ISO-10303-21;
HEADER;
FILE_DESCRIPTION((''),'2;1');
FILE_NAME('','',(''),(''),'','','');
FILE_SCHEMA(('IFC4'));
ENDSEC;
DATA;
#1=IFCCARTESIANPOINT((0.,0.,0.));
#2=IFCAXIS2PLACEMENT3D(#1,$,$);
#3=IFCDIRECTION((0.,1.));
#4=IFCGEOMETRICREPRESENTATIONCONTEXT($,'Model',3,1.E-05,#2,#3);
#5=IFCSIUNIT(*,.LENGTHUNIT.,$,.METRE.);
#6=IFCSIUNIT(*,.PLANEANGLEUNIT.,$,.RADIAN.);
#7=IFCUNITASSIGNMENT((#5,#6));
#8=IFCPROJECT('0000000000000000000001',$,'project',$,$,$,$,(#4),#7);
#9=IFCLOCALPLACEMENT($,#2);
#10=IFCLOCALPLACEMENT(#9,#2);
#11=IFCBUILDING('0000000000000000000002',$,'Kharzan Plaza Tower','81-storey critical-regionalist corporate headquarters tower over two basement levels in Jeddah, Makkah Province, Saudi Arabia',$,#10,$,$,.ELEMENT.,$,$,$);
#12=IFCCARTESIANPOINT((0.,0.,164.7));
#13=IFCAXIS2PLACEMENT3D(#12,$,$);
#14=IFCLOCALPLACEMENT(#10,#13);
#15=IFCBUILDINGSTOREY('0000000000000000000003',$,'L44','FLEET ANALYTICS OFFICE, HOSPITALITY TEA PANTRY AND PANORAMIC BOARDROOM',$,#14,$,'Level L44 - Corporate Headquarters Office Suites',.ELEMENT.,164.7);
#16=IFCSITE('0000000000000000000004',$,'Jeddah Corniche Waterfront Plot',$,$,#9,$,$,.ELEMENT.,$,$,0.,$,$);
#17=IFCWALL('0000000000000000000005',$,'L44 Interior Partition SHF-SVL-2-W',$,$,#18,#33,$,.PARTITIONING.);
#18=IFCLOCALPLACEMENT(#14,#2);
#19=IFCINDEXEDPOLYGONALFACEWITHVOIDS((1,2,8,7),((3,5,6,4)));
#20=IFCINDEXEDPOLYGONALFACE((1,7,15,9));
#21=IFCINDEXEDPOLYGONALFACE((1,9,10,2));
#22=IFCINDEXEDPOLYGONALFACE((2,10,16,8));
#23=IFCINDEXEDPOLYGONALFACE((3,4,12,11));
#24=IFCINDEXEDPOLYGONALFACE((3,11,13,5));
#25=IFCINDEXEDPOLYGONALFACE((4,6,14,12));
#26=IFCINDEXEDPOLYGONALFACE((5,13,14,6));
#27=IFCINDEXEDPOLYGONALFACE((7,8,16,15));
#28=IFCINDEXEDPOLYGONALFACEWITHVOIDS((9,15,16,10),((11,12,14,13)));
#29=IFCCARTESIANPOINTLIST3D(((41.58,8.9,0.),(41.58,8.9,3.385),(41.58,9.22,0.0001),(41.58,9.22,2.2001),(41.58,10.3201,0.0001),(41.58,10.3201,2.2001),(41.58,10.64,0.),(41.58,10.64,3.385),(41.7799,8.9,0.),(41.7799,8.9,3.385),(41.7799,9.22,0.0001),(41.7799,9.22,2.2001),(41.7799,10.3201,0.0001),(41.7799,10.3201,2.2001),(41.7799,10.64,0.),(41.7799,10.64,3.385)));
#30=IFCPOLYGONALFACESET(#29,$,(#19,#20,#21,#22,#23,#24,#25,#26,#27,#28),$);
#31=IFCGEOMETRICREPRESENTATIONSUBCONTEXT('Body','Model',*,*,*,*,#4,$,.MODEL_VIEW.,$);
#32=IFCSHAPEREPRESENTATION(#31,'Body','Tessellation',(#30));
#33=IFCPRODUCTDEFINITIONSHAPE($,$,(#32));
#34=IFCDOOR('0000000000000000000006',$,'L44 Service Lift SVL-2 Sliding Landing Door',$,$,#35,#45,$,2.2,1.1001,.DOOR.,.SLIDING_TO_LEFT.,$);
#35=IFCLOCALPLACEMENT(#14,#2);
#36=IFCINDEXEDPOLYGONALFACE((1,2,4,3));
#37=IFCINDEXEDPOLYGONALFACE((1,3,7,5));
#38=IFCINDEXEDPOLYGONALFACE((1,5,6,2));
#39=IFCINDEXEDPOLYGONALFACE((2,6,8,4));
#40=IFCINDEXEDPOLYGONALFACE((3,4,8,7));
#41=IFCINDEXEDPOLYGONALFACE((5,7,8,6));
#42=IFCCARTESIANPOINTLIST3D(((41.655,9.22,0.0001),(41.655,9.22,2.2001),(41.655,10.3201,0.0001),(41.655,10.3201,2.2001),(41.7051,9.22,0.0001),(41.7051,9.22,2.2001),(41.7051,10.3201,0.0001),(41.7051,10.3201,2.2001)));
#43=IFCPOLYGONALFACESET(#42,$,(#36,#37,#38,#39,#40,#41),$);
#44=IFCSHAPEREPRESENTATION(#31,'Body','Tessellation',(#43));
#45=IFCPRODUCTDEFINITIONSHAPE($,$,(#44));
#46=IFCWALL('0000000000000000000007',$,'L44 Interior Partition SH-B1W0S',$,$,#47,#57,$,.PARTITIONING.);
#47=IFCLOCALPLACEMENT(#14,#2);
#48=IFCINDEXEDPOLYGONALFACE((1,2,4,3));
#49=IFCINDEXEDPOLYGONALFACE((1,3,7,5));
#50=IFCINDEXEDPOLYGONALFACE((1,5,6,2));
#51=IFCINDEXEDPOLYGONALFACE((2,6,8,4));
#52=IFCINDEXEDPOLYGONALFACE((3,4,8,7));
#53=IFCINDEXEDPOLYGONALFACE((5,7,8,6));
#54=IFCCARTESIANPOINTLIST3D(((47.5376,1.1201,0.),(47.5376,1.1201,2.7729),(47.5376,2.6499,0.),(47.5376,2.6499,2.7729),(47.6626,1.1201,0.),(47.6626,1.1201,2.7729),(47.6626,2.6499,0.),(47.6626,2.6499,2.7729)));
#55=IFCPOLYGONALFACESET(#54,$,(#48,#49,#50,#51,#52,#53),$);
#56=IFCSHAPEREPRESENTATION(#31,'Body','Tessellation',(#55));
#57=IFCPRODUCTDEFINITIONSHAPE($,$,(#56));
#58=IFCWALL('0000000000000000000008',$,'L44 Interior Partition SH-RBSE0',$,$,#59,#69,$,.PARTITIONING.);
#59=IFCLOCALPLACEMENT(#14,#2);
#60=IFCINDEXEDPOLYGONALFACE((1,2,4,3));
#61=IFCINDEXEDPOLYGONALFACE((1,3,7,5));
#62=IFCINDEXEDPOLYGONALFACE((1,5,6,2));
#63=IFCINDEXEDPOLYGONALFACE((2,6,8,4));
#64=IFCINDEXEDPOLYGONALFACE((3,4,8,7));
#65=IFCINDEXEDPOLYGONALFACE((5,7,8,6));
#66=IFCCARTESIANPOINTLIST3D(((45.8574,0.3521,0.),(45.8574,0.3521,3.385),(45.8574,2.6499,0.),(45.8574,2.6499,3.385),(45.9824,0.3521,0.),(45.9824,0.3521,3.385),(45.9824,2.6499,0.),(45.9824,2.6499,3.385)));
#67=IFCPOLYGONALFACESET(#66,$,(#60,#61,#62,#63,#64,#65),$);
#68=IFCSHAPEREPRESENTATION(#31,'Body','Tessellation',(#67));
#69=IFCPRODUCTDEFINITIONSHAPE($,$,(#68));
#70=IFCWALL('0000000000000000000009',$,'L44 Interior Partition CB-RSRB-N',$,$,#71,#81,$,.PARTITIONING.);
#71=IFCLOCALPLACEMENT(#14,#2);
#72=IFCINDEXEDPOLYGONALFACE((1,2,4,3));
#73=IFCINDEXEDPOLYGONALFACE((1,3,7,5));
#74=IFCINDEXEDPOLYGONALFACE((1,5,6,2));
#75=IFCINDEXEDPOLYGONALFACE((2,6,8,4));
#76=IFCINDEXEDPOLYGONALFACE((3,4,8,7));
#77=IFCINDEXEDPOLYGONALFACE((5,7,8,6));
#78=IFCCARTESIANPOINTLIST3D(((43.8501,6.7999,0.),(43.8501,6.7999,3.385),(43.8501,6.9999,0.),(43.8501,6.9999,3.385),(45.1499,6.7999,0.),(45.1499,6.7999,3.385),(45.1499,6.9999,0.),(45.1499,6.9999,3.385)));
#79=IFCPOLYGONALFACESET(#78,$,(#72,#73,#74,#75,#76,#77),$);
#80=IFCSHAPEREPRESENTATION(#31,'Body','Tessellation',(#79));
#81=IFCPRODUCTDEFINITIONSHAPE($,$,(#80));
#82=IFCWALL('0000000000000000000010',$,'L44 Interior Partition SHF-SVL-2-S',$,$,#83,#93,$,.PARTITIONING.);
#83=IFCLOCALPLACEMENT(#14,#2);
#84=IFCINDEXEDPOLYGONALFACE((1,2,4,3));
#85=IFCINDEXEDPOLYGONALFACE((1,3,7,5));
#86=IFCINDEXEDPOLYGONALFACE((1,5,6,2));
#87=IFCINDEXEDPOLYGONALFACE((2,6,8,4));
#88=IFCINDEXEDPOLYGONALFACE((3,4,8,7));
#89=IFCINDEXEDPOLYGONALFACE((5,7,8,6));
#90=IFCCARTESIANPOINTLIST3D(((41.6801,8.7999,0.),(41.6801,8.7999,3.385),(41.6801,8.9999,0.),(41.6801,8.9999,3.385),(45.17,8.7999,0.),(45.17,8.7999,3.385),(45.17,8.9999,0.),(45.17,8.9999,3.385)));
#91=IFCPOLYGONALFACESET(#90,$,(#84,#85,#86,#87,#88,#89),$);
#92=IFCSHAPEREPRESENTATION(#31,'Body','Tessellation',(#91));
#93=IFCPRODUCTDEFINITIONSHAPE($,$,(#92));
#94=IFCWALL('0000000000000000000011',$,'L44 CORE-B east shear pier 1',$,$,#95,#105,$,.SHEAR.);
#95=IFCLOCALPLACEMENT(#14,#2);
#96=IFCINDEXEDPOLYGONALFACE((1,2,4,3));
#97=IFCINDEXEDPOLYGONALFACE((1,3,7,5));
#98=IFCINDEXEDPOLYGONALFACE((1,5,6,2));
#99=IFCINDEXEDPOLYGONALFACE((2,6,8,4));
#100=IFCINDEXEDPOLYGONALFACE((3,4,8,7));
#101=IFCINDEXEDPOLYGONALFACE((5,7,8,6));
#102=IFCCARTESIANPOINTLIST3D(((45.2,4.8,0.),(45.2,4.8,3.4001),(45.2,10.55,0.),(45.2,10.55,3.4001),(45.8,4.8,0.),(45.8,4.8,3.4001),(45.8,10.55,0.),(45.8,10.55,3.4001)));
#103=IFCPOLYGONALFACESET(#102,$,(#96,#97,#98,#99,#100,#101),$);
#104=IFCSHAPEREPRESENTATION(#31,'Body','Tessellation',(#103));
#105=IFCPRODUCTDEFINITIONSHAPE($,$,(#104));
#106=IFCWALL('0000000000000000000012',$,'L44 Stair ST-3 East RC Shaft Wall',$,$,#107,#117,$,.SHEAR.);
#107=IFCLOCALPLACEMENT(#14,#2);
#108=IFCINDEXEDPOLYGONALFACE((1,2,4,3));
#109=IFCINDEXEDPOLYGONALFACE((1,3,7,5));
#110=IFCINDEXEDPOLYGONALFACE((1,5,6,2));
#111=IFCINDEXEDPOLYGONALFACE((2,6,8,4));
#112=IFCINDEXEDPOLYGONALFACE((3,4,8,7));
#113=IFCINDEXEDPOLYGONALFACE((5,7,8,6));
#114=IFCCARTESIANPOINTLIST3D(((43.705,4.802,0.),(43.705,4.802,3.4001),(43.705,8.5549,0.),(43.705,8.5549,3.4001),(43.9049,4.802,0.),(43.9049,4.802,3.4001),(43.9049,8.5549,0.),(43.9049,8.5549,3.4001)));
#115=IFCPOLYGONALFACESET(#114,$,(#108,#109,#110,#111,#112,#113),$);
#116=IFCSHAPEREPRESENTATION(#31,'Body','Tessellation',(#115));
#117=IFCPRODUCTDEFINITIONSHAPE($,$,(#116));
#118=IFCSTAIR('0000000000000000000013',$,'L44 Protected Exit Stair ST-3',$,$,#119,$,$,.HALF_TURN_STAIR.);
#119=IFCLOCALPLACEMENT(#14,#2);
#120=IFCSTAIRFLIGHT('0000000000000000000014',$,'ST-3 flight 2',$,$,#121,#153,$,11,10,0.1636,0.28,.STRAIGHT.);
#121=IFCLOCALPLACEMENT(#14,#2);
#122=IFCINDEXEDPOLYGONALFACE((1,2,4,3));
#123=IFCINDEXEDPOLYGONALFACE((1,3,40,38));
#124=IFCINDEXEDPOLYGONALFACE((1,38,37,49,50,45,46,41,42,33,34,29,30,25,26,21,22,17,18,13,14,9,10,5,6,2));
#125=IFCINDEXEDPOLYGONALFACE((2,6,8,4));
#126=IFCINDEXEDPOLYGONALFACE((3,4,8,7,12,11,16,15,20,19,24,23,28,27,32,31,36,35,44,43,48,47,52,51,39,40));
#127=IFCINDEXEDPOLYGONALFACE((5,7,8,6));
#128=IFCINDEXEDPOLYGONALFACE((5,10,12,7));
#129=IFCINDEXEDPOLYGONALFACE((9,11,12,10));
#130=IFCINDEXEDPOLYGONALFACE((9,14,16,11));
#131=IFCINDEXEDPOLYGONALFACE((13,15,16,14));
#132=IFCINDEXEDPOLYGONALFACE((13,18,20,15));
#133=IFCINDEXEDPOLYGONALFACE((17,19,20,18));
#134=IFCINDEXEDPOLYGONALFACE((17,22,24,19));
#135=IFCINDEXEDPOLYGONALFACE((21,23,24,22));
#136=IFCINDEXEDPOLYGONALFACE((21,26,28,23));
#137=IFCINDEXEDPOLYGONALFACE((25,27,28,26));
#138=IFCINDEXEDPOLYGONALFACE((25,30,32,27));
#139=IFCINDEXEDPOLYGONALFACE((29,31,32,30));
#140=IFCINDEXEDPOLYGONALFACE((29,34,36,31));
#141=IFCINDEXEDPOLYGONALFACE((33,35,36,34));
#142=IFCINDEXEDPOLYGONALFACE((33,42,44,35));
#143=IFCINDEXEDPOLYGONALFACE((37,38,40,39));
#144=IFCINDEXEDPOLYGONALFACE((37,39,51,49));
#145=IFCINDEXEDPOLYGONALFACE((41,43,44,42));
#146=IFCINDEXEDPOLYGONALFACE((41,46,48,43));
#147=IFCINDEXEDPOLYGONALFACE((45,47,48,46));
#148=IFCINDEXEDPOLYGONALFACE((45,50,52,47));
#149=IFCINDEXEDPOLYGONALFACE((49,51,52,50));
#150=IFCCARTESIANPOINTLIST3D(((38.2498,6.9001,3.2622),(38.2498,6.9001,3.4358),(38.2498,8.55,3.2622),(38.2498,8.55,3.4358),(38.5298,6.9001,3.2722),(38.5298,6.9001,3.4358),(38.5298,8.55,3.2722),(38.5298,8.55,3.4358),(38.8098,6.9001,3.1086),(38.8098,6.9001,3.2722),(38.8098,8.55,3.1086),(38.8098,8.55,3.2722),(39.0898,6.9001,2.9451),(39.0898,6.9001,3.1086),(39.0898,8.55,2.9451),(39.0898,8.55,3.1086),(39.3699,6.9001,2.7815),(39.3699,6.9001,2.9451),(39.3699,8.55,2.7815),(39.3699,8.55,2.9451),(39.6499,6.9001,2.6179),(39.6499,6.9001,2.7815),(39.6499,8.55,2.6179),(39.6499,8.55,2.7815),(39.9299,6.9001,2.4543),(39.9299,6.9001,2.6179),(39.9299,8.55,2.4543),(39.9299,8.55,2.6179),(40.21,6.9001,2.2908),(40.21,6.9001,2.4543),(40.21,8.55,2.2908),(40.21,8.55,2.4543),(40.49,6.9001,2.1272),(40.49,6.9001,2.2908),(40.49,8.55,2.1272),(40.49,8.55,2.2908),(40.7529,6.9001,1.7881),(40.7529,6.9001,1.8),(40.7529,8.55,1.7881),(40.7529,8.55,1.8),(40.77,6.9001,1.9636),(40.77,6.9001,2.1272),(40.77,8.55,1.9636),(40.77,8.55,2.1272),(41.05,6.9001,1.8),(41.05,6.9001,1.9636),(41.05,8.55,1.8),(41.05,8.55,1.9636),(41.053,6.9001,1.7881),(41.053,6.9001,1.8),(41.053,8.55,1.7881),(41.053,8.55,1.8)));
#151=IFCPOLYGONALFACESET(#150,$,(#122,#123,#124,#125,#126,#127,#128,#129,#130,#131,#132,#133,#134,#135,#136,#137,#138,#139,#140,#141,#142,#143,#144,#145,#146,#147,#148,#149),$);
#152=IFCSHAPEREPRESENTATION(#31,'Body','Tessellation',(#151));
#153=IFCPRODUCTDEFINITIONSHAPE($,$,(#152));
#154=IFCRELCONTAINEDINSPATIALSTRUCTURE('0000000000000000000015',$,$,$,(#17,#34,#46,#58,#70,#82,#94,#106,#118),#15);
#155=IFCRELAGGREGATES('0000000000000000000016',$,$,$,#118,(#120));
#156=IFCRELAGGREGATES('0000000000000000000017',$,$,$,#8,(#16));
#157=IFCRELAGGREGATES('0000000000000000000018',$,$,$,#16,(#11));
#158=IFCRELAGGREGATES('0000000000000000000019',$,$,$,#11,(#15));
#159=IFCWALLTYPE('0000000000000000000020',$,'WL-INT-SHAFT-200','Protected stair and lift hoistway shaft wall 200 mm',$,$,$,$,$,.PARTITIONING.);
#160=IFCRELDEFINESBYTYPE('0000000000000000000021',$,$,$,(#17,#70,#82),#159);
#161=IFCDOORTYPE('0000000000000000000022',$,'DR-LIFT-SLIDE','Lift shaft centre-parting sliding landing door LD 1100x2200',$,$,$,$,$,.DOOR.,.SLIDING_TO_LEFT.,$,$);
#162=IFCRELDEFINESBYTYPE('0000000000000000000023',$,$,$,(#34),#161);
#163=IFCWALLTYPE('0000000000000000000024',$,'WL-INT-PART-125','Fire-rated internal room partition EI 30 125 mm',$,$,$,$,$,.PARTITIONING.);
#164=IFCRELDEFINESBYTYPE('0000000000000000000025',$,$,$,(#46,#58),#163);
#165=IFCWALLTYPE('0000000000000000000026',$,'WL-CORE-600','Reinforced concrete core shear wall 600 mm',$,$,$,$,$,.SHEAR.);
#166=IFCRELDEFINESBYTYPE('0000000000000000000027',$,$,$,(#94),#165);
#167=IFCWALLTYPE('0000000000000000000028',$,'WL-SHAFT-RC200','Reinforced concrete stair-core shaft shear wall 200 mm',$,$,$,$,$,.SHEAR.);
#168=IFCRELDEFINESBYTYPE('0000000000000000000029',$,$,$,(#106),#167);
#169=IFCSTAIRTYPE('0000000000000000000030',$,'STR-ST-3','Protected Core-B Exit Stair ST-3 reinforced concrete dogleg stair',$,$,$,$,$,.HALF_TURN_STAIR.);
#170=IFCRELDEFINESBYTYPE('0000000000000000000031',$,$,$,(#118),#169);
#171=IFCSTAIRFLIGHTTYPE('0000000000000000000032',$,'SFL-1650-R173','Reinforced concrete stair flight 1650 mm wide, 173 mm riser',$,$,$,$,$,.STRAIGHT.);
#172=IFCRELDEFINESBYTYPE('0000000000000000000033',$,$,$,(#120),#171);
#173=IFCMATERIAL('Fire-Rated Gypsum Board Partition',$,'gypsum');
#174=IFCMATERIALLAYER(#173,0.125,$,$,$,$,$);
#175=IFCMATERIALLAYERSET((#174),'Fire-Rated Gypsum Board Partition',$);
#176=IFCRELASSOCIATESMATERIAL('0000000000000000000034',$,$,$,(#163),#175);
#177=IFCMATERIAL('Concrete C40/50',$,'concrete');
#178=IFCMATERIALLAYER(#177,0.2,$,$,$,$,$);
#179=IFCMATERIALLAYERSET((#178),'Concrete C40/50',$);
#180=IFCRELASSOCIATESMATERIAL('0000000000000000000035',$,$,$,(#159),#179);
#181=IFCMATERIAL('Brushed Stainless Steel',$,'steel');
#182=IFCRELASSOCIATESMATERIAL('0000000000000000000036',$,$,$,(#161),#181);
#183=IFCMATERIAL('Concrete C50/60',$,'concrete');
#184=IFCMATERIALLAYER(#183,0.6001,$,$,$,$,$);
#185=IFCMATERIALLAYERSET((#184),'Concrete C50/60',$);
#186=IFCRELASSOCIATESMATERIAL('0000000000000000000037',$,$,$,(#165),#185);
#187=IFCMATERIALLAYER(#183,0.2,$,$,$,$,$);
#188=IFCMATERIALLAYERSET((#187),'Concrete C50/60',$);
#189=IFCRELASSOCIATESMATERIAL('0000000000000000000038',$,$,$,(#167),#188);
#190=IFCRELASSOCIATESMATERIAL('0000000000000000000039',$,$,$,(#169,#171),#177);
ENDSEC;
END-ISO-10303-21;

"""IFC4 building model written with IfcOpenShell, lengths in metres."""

from ifc_helpers import new_model, si_unit, direction, frame, frame_2d, origin, place, context, subcontext, project, spatial, polyline, rectangle, outline, extrude, source, transform, mapped, material, layer, layer_set, type_object, element, fill, aggregate, save


model = new_model("IFC4")

# Units and contexts
model_context = context("Model", 3, precision=1e-05, world=origin(), true_north=direction((0.0, 1.0)))
body_context = subcontext(model_context, "Body", "Model", "MODEL_VIEW")
ifc_project = project(units=[si_unit("LENGTHUNIT", "METRE"), si_unit("PLANEANGLEUNIT", "RADIAN")], contexts=[model_context])

# Site, building, storey
site_placement = place(None, origin())
site = spatial("IfcSite", under=ifc_project, at=site_placement, Name="Jeddah Corniche Waterfront Plot", CompositionType="ELEMENT", RefElevation=0.0)
building_placement = place(site_placement, origin())
building = spatial("IfcBuilding", under=site, at=building_placement, Name="Kharzan Plaza Tower", Description="81-storey critical-regionalist corporate headquarters tower over two basement levels in Jeddah, Makkah Province, Saudi Arabia", CompositionType="ELEMENT")
storey_placement = place(building_placement, frame((0.0, 0.0, 164.7)))
storey = spatial("IfcBuildingStorey", under=building, at=storey_placement, Name="L44", Description="FLEET ANALYTICS OFFICE, HOSPITALITY TEA PANTRY AND PANORAMIC BOARDROOM", LongName="Level L44 - Corporate Headquarters Office Suites", CompositionType="ELEMENT", Elevation=164.7)

# Shared definitions
ifc_material_1 = material(Name="Concrete C50/60", Category="concrete")

# Wall, opening, door
ifc_material_2 = material(Name="Fire-Rated Gypsum Board Partition", Category="gypsum")
ifc_layer_1 = layer(ifc_material_2, 0.125)
ifc_layer_set_1 = layer_set([ifc_layer_1], Name="Fire-Rated Gypsum Board Partition")
wall_type_1 = type_object("IfcWallType", Name="WL-INT-PART-125", Description="Fire-rated internal room partition EI 30 125 mm", PredefinedType="PARTITIONING", material=ifc_layer_set_1)
ifc_material_3 = material(Name="Concrete C40/50", Category="concrete")
ifc_layer_2 = layer(ifc_material_3, 0.2)
ifc_layer_set_2 = layer_set([ifc_layer_2], Name="Concrete C40/50")
wall_type_2 = type_object("IfcWallType", Name="WL-INT-SHAFT-200", Description="Protected stair and lift hoistway shaft wall 200 mm", PredefinedType="PARTITIONING", material=ifc_layer_set_2)
wall_1_placement = place(storey_placement, frame((41.6799, 8.8999, 0.0), z_axis=(0.0, 0.0, 1.0), x_axis=(0.0, 1.0, 0.0)))
wall_1 = element("IfcWall", 1, at=wall_1_placement, inside=storey, type_object=wall_type_2, Name="L44 Interior Partition SHF-SVL-2-W", PredefinedType="PARTITIONING", context=body_context, shape_type="SweptSolid", body=[
    extrude(rectangle(XDim=1.74, YDim=0.2, at=frame_2d((0.8701, 0.0))), origin(), (0.0, 0.0, 1.0), 3.385),
])
opening_1_placement = place(wall_1_placement, frame((0.3201, 0.0, 0.0)))
opening_1 = element("IfcOpeningElement", 2, at=opening_1_placement, cuts=wall_1, PredefinedType="OPENING", context=body_context, shape_type="SweptSolid", body=[
    extrude(rectangle(XDim=1.1001, YDim=2.2, at=frame_2d((0.55, 1.1001))), frame((0.0, 0.1099, 0.0), z_axis=(0.0, -1.0, 0.0), x_axis=(1.0, 0.0, 0.0)), (0.0, 0.0, 1.0), 0.22),
])
ifc_material_4 = material(Name="Brushed Stainless Steel", Category="steel")
door_type_1 = type_object("IfcDoorType", Name="DR-LIFT-SLIDE", Description="Lift shaft centre-parting sliding landing door LD 1100x2200", OperationType="SLIDING_TO_LEFT", PredefinedType="DOOR", material=ifc_material_4)
shared_shape_1 = source(origin(), body_context, "Body", "SweptSolid", [
    extrude(rectangle(XDim=1.1001, YDim=2.2, at=frame_2d((0.55, 1.1001))), frame((0.0, 0.0249, 0.0), z_axis=(0.0, -1.0, 0.0), x_axis=(1.0, 0.0, 0.0)), (0.0, 0.0, 1.0), 0.05),
])
door_1_placement = place(opening_1_placement, origin())
door_1 = element("IfcDoor", 3, at=door_1_placement, inside=storey, type_object=door_type_1, Name="L44 Service Lift SVL-2 Sliding Landing Door", OperationType="SLIDING_TO_LEFT", OverallHeight=2.2, OverallWidth=1.1001, PredefinedType="DOOR", context=body_context, shape_type="MappedRepresentation", body=[
    mapped(shared_shape_1, transform((0.0, 0.0, 0.0), x_axis=(1.0, 0.0, 0.0), y_axis=(0.0, 1.0, 0.0), z_axis=(0.0, 0.0, 1.0))),
])
fill(opening_1, door_1)

# Walls
shared_shape_2 = source(origin(), body_context, "Body", "SweptSolid", [
    extrude(rectangle(XDim=1.5298, YDim=0.125, at=frame_2d((0.7649, 0.0))), origin(), (0.0, 0.0, 1.0), 2.7729),
])
wall_2_placement = place(storey_placement, frame((47.6001, 1.1201, 0.0), z_axis=(0.0, 0.0, 1.0), x_axis=(0.0, 1.0, 0.0)))
element("IfcWall", 4, at=wall_2_placement, inside=storey, type_object=wall_type_1, Name="L44 Interior Partition SH-B1W0S", PredefinedType="PARTITIONING", context=body_context, shape_type="MappedRepresentation", body=[
    mapped(shared_shape_2, transform((0.0, 0.0, 0.0), x_axis=(1.0, 0.0, 0.0), y_axis=(0.0, 1.0, 0.0), z_axis=(0.0, 0.0, 1.0))),
])
shared_shape_3 = source(origin(), body_context, "Body", "SweptSolid", [
    extrude(rectangle(XDim=2.2979, YDim=0.125, at=frame_2d((1.1489, 0.0))), origin(), (0.0, 0.0, 1.0), 3.385),
])
wall_3_placement = place(storey_placement, frame((45.9199, 0.3521, 0.0), z_axis=(0.0, 0.0, 1.0), x_axis=(0.0, 1.0, 0.0)))
element("IfcWall", 5, at=wall_3_placement, inside=storey, type_object=wall_type_1, Name="L44 Interior Partition SH-RBSE0", PredefinedType="PARTITIONING", context=body_context, shape_type="MappedRepresentation", body=[
    mapped(shared_shape_3, transform((0.0, 0.0, 0.0), x_axis=(1.0, 0.0, 0.0), y_axis=(0.0, 1.0, 0.0), z_axis=(0.0, 0.0, 1.0))),
])
shared_shape_4 = source(origin(), body_context, "Body", "SweptSolid", [
    extrude(rectangle(XDim=1.2998, YDim=0.2, at=frame_2d((0.6499, 0.0))), origin(), (0.0, 0.0, 1.0), 3.385),
])
wall_4_placement = place(storey_placement, frame((43.8501, 6.8999, 0.0), z_axis=(0.0, 0.0, 1.0), x_axis=(1.0, 0.0, 0.0)))
element("IfcWall", 6, at=wall_4_placement, inside=storey, type_object=wall_type_2, Name="L44 Interior Partition CB-RSRB-N", PredefinedType="PARTITIONING", context=body_context, shape_type="MappedRepresentation", body=[
    mapped(shared_shape_4, transform((0.0, 0.0, 0.0), x_axis=(1.0, 0.0, 0.0), y_axis=(0.0, 1.0, 0.0), z_axis=(0.0, 0.0, 1.0))),
])
shared_shape_5 = source(origin(), body_context, "Body", "SweptSolid", [
    extrude(rectangle(XDim=3.49, YDim=0.2, at=frame_2d((1.7451, 0.0))), origin(), (0.0, 0.0, 1.0), 3.385),
])
wall_5_placement = place(storey_placement, frame((41.6799, 8.8999, 0.0), z_axis=(0.0, 0.0, 1.0), x_axis=(1.0, 0.0, 0.0)))
element("IfcWall", 7, at=wall_5_placement, inside=storey, type_object=wall_type_2, Name="L44 Interior Partition SHF-SVL-2-S", PredefinedType="PARTITIONING", context=body_context, shape_type="MappedRepresentation", body=[
    mapped(shared_shape_5, transform((0.0, 0.0, 0.0), x_axis=(1.0, 0.0, 0.0), y_axis=(0.0, 1.0, 0.0), z_axis=(0.0, 0.0, 1.0))),
])
ifc_layer_3 = layer(ifc_material_1, 0.6001)
ifc_layer_set_3 = layer_set([ifc_layer_3], Name="Concrete C50/60")
wall_type_3 = type_object("IfcWallType", Name="WL-CORE-600", Description="Reinforced concrete core shear wall 600 mm", PredefinedType="SHEAR", material=ifc_layer_set_3)
shared_shape_6 = source(origin(), body_context, "Body", "SweptSolid", [
    extrude(rectangle(XDim=5.75, YDim=0.6001, at=frame_2d((2.875, 0.0))), origin(), (0.0, 0.0, 1.0), 3.4001),
])
wall_6_placement = place(storey_placement, frame((45.5, 4.8, 0.0), z_axis=(0.0, 0.0, 1.0), x_axis=(0.0, 1.0, 0.0)))
element("IfcWall", 8, at=wall_6_placement, inside=storey, type_object=wall_type_3, Name="L44 CORE-B east shear pier 1", PredefinedType="SHEAR", context=body_context, shape_type="MappedRepresentation", body=[
    mapped(shared_shape_6, transform((0.0, 0.0, 0.0), x_axis=(1.0, 0.0, 0.0), y_axis=(0.0, 1.0, 0.0), z_axis=(0.0, 0.0, 1.0))),
])
ifc_layer_4 = layer(ifc_material_1, 0.2)
ifc_layer_set_4 = layer_set([ifc_layer_4], Name="Concrete C50/60")
wall_type_4 = type_object("IfcWallType", Name="WL-SHAFT-RC200", Description="Reinforced concrete stair-core shaft shear wall 200 mm", PredefinedType="SHEAR", material=ifc_layer_set_4)
shared_shape_7 = source(origin(), body_context, "Body", "SweptSolid", [
    extrude(rectangle(XDim=3.7529, YDim=0.2, at=frame_2d((1.8765, 0.0))), origin(), (0.0, 0.0, 1.0), 3.4001),
])
wall_7_placement = place(storey_placement, frame((43.8049, 4.802, 0.0), z_axis=(0.0, 0.0, 1.0), x_axis=(0.0, 1.0, 0.0)))
element("IfcWall", 9, at=wall_7_placement, inside=storey, type_object=wall_type_4, Name="L44 Stair ST-3 East RC Shaft Wall", PredefinedType="SHEAR", context=body_context, shape_type="MappedRepresentation", body=[
    mapped(shared_shape_7, transform((0.0, 0.0, 0.0), x_axis=(1.0, 0.0, 0.0), y_axis=(0.0, 1.0, 0.0), z_axis=(0.0, 0.0, 1.0))),
])

# Stair, stair flight
stair_type = type_object("IfcStairType", Name="STR-ST-3", Description="Protected Core-B Exit Stair ST-3 reinforced concrete dogleg stair", PredefinedType="HALF_TURN_STAIR", material=ifc_material_3)
stair_placement = place(storey_placement, origin())
stair = element("IfcStair", 10, at=stair_placement, inside=storey, type_object=stair_type, Name="L44 Protected Exit Stair ST-3", PredefinedType="HALF_TURN_STAIR")
stair_flight_type = type_object("IfcStairFlightType", Name="SFL-1650-R173", Description="Reinforced concrete stair flight 1650 mm wide, 173 mm riser", PredefinedType="STRAIGHT", material=ifc_material_3)
shared_shape_8 = source(origin(), body_context, "Body", "SweptSolid", [
    extrude(outline(polyline([(-0.0029, -0.012), (-0.0029, 0.0), (0.0, 0.0), (0.0, 0.1636), (0.28, 0.1636), (0.28, 0.3271), (0.5601, 0.3271), (0.5601, 0.4907), (0.8401, 0.4907), (0.8401, 0.6543), (1.1201, 0.6543), (1.1201, 0.8179), (1.4001, 0.8179), (1.4001, 0.9814), (1.6802, 0.9814), (1.6802, 1.145), (1.9602, 1.145), (1.9602, 1.3086), (2.2402, 1.3086), (2.2402, 1.4722), (2.5203, 1.4722), (2.5203, 1.6357), (2.8003, 1.6357), (2.8003, 1.7993), (2.8003, 1.4622), (0.2971, 0.0), (0.2971, -0.012), (-0.0029, -0.012)])), frame((0.0, 0.825, 0.0), z_axis=(0.0, -1.0, 0.0), x_axis=(1.0, 0.0, 0.0)), (0.0, 0.0, 1.0), 1.6499),
])
stair_flight_placement = place(storey_placement, frame((41.05, 7.7251, 1.8), z_axis=(0.0, 0.0, 1.0), x_axis=(-1.0, 0.0, 0.0)))
stair_flight = element("IfcStairFlight", 11, at=stair_flight_placement, type_object=stair_flight_type, Name="ST-3 flight 2", NumberOfRisers=11, NumberOfTreads=10, PredefinedType="STRAIGHT", RiserHeight=0.1636, TreadLength=0.28, context=body_context, shape_type="MappedRepresentation", body=[
    mapped(shared_shape_8, transform((0.0, 0.0, 0.0), x_axis=(1.0, 0.0, 0.0), y_axis=(0.0, 1.0, 0.0), z_axis=(0.0, 0.0, 1.0))),
])
aggregate(stair, [stair_flight])

save(model, "model.ifc")
